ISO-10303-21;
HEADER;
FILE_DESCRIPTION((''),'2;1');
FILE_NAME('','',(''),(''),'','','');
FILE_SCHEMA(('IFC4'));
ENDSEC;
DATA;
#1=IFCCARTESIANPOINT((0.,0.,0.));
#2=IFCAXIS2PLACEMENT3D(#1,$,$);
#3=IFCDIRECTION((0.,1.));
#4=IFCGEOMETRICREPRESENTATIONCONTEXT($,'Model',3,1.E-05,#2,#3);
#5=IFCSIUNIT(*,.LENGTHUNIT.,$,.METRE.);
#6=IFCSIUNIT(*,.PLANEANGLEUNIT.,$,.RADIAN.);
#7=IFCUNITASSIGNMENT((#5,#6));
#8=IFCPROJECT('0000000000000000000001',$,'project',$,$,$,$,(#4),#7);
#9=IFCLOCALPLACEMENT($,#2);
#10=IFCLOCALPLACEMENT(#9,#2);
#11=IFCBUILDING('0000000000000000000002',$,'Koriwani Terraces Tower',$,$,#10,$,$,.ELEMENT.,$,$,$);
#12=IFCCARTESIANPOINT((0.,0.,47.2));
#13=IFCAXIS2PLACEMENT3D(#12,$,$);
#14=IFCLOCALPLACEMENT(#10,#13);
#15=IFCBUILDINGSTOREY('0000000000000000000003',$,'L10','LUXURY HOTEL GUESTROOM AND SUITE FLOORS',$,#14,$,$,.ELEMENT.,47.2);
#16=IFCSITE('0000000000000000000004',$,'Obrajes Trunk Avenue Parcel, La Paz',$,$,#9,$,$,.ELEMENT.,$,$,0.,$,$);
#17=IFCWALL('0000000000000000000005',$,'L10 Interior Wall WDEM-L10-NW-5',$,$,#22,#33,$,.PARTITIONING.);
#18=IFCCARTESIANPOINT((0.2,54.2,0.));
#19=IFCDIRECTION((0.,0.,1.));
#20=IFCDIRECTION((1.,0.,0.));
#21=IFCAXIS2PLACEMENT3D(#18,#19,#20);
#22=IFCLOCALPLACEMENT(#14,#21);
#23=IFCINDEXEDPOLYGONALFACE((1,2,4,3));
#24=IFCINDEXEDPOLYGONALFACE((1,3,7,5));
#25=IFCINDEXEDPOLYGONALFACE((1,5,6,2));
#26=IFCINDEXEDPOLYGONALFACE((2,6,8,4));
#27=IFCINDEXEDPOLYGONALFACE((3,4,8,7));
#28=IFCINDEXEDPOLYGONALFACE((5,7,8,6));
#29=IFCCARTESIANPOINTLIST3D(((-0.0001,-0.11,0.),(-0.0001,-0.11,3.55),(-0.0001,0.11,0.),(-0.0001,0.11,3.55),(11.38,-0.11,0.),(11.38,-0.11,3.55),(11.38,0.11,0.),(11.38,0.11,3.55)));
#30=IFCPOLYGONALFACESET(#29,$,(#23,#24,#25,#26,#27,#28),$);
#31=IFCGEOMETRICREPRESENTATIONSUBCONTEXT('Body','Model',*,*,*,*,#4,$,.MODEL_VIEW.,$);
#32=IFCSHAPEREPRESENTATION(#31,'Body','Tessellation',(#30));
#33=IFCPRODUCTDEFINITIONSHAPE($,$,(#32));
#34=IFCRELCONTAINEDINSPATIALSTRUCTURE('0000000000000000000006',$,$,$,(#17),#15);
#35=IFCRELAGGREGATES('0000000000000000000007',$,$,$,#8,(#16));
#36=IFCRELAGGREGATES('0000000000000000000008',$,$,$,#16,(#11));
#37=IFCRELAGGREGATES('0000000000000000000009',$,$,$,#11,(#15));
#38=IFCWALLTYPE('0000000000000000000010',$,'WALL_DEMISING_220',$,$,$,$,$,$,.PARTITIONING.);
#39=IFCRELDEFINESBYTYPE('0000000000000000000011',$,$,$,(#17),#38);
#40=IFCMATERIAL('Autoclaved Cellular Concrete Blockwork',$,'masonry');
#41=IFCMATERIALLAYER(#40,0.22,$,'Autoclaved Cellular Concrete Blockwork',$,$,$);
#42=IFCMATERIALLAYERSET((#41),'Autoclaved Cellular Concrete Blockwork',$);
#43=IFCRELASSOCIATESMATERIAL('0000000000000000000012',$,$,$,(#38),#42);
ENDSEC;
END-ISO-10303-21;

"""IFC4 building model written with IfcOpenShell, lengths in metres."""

from ifc_helpers import new_model, si_unit, direction, frame, frame_2d, origin, place, context, subcontext, project, spatial, rectangle, extrude, material, layer, layer_set, type_object, element, save


model = new_model("IFC4")

# Units and contexts
model_context = context("Model", 3, precision=1e-05, world=origin(), true_north=direction((0.0, 1.0)))
body_context = subcontext(model_context, "Body", "Model", "MODEL_VIEW")
ifc_project = project(units=[si_unit("LENGTHUNIT", "METRE"), si_unit("PLANEANGLEUNIT", "RADIAN")], contexts=[model_context])

# Site, building, storey
site_placement = place(None, origin())
site = spatial("IfcSite", under=ifc_project, at=site_placement, Name="Obrajes Trunk Avenue Parcel, La Paz", CompositionType="ELEMENT", RefElevation=0.0)
building_placement = place(site_placement, origin())
building = spatial("IfcBuilding", under=site, at=building_placement, Name="Koriwani Terraces Tower", CompositionType="ELEMENT")
storey_placement = place(building_placement, frame((0.0, 0.0, 47.2)))
storey = spatial("IfcBuildingStorey", under=building, at=storey_placement, Name="L10", Description="LUXURY HOTEL GUESTROOM AND SUITE FLOORS", CompositionType="ELEMENT", Elevation=47.2)

# Wall
ifc_material_1 = material(Name="Autoclaved Cellular Concrete Blockwork", Category="masonry")
ifc_layer_1 = layer(ifc_material_1, 0.22, Name="Autoclaved Cellular Concrete Blockwork")
ifc_layer_set_1 = layer_set([ifc_layer_1], Name="Autoclaved Cellular Concrete Blockwork")
wall_type_1 = type_object("IfcWallType", Name="WALL_DEMISING_220", PredefinedType="PARTITIONING", material=ifc_layer_set_1)
wall_1_placement = place(storey_placement, frame((0.2, 54.2, 0.0), z_axis=(0.0, 0.0, 1.0), x_axis=(1.0, 0.0, 0.0)))
element("IfcWall", 1, at=wall_1_placement, inside=storey, type_object=wall_type_1, Name="L10 Interior Wall WDEM-L10-NW-5", PredefinedType="PARTITIONING", context=body_context, shape_type="SweptSolid", body=[
    extrude(rectangle(XDim=11.3801, YDim=0.22, at=frame_2d((5.6899, 0.0))), origin(), (0.0, 0.0, 1.0), 3.55),
])

save(model, "model.ifc")
